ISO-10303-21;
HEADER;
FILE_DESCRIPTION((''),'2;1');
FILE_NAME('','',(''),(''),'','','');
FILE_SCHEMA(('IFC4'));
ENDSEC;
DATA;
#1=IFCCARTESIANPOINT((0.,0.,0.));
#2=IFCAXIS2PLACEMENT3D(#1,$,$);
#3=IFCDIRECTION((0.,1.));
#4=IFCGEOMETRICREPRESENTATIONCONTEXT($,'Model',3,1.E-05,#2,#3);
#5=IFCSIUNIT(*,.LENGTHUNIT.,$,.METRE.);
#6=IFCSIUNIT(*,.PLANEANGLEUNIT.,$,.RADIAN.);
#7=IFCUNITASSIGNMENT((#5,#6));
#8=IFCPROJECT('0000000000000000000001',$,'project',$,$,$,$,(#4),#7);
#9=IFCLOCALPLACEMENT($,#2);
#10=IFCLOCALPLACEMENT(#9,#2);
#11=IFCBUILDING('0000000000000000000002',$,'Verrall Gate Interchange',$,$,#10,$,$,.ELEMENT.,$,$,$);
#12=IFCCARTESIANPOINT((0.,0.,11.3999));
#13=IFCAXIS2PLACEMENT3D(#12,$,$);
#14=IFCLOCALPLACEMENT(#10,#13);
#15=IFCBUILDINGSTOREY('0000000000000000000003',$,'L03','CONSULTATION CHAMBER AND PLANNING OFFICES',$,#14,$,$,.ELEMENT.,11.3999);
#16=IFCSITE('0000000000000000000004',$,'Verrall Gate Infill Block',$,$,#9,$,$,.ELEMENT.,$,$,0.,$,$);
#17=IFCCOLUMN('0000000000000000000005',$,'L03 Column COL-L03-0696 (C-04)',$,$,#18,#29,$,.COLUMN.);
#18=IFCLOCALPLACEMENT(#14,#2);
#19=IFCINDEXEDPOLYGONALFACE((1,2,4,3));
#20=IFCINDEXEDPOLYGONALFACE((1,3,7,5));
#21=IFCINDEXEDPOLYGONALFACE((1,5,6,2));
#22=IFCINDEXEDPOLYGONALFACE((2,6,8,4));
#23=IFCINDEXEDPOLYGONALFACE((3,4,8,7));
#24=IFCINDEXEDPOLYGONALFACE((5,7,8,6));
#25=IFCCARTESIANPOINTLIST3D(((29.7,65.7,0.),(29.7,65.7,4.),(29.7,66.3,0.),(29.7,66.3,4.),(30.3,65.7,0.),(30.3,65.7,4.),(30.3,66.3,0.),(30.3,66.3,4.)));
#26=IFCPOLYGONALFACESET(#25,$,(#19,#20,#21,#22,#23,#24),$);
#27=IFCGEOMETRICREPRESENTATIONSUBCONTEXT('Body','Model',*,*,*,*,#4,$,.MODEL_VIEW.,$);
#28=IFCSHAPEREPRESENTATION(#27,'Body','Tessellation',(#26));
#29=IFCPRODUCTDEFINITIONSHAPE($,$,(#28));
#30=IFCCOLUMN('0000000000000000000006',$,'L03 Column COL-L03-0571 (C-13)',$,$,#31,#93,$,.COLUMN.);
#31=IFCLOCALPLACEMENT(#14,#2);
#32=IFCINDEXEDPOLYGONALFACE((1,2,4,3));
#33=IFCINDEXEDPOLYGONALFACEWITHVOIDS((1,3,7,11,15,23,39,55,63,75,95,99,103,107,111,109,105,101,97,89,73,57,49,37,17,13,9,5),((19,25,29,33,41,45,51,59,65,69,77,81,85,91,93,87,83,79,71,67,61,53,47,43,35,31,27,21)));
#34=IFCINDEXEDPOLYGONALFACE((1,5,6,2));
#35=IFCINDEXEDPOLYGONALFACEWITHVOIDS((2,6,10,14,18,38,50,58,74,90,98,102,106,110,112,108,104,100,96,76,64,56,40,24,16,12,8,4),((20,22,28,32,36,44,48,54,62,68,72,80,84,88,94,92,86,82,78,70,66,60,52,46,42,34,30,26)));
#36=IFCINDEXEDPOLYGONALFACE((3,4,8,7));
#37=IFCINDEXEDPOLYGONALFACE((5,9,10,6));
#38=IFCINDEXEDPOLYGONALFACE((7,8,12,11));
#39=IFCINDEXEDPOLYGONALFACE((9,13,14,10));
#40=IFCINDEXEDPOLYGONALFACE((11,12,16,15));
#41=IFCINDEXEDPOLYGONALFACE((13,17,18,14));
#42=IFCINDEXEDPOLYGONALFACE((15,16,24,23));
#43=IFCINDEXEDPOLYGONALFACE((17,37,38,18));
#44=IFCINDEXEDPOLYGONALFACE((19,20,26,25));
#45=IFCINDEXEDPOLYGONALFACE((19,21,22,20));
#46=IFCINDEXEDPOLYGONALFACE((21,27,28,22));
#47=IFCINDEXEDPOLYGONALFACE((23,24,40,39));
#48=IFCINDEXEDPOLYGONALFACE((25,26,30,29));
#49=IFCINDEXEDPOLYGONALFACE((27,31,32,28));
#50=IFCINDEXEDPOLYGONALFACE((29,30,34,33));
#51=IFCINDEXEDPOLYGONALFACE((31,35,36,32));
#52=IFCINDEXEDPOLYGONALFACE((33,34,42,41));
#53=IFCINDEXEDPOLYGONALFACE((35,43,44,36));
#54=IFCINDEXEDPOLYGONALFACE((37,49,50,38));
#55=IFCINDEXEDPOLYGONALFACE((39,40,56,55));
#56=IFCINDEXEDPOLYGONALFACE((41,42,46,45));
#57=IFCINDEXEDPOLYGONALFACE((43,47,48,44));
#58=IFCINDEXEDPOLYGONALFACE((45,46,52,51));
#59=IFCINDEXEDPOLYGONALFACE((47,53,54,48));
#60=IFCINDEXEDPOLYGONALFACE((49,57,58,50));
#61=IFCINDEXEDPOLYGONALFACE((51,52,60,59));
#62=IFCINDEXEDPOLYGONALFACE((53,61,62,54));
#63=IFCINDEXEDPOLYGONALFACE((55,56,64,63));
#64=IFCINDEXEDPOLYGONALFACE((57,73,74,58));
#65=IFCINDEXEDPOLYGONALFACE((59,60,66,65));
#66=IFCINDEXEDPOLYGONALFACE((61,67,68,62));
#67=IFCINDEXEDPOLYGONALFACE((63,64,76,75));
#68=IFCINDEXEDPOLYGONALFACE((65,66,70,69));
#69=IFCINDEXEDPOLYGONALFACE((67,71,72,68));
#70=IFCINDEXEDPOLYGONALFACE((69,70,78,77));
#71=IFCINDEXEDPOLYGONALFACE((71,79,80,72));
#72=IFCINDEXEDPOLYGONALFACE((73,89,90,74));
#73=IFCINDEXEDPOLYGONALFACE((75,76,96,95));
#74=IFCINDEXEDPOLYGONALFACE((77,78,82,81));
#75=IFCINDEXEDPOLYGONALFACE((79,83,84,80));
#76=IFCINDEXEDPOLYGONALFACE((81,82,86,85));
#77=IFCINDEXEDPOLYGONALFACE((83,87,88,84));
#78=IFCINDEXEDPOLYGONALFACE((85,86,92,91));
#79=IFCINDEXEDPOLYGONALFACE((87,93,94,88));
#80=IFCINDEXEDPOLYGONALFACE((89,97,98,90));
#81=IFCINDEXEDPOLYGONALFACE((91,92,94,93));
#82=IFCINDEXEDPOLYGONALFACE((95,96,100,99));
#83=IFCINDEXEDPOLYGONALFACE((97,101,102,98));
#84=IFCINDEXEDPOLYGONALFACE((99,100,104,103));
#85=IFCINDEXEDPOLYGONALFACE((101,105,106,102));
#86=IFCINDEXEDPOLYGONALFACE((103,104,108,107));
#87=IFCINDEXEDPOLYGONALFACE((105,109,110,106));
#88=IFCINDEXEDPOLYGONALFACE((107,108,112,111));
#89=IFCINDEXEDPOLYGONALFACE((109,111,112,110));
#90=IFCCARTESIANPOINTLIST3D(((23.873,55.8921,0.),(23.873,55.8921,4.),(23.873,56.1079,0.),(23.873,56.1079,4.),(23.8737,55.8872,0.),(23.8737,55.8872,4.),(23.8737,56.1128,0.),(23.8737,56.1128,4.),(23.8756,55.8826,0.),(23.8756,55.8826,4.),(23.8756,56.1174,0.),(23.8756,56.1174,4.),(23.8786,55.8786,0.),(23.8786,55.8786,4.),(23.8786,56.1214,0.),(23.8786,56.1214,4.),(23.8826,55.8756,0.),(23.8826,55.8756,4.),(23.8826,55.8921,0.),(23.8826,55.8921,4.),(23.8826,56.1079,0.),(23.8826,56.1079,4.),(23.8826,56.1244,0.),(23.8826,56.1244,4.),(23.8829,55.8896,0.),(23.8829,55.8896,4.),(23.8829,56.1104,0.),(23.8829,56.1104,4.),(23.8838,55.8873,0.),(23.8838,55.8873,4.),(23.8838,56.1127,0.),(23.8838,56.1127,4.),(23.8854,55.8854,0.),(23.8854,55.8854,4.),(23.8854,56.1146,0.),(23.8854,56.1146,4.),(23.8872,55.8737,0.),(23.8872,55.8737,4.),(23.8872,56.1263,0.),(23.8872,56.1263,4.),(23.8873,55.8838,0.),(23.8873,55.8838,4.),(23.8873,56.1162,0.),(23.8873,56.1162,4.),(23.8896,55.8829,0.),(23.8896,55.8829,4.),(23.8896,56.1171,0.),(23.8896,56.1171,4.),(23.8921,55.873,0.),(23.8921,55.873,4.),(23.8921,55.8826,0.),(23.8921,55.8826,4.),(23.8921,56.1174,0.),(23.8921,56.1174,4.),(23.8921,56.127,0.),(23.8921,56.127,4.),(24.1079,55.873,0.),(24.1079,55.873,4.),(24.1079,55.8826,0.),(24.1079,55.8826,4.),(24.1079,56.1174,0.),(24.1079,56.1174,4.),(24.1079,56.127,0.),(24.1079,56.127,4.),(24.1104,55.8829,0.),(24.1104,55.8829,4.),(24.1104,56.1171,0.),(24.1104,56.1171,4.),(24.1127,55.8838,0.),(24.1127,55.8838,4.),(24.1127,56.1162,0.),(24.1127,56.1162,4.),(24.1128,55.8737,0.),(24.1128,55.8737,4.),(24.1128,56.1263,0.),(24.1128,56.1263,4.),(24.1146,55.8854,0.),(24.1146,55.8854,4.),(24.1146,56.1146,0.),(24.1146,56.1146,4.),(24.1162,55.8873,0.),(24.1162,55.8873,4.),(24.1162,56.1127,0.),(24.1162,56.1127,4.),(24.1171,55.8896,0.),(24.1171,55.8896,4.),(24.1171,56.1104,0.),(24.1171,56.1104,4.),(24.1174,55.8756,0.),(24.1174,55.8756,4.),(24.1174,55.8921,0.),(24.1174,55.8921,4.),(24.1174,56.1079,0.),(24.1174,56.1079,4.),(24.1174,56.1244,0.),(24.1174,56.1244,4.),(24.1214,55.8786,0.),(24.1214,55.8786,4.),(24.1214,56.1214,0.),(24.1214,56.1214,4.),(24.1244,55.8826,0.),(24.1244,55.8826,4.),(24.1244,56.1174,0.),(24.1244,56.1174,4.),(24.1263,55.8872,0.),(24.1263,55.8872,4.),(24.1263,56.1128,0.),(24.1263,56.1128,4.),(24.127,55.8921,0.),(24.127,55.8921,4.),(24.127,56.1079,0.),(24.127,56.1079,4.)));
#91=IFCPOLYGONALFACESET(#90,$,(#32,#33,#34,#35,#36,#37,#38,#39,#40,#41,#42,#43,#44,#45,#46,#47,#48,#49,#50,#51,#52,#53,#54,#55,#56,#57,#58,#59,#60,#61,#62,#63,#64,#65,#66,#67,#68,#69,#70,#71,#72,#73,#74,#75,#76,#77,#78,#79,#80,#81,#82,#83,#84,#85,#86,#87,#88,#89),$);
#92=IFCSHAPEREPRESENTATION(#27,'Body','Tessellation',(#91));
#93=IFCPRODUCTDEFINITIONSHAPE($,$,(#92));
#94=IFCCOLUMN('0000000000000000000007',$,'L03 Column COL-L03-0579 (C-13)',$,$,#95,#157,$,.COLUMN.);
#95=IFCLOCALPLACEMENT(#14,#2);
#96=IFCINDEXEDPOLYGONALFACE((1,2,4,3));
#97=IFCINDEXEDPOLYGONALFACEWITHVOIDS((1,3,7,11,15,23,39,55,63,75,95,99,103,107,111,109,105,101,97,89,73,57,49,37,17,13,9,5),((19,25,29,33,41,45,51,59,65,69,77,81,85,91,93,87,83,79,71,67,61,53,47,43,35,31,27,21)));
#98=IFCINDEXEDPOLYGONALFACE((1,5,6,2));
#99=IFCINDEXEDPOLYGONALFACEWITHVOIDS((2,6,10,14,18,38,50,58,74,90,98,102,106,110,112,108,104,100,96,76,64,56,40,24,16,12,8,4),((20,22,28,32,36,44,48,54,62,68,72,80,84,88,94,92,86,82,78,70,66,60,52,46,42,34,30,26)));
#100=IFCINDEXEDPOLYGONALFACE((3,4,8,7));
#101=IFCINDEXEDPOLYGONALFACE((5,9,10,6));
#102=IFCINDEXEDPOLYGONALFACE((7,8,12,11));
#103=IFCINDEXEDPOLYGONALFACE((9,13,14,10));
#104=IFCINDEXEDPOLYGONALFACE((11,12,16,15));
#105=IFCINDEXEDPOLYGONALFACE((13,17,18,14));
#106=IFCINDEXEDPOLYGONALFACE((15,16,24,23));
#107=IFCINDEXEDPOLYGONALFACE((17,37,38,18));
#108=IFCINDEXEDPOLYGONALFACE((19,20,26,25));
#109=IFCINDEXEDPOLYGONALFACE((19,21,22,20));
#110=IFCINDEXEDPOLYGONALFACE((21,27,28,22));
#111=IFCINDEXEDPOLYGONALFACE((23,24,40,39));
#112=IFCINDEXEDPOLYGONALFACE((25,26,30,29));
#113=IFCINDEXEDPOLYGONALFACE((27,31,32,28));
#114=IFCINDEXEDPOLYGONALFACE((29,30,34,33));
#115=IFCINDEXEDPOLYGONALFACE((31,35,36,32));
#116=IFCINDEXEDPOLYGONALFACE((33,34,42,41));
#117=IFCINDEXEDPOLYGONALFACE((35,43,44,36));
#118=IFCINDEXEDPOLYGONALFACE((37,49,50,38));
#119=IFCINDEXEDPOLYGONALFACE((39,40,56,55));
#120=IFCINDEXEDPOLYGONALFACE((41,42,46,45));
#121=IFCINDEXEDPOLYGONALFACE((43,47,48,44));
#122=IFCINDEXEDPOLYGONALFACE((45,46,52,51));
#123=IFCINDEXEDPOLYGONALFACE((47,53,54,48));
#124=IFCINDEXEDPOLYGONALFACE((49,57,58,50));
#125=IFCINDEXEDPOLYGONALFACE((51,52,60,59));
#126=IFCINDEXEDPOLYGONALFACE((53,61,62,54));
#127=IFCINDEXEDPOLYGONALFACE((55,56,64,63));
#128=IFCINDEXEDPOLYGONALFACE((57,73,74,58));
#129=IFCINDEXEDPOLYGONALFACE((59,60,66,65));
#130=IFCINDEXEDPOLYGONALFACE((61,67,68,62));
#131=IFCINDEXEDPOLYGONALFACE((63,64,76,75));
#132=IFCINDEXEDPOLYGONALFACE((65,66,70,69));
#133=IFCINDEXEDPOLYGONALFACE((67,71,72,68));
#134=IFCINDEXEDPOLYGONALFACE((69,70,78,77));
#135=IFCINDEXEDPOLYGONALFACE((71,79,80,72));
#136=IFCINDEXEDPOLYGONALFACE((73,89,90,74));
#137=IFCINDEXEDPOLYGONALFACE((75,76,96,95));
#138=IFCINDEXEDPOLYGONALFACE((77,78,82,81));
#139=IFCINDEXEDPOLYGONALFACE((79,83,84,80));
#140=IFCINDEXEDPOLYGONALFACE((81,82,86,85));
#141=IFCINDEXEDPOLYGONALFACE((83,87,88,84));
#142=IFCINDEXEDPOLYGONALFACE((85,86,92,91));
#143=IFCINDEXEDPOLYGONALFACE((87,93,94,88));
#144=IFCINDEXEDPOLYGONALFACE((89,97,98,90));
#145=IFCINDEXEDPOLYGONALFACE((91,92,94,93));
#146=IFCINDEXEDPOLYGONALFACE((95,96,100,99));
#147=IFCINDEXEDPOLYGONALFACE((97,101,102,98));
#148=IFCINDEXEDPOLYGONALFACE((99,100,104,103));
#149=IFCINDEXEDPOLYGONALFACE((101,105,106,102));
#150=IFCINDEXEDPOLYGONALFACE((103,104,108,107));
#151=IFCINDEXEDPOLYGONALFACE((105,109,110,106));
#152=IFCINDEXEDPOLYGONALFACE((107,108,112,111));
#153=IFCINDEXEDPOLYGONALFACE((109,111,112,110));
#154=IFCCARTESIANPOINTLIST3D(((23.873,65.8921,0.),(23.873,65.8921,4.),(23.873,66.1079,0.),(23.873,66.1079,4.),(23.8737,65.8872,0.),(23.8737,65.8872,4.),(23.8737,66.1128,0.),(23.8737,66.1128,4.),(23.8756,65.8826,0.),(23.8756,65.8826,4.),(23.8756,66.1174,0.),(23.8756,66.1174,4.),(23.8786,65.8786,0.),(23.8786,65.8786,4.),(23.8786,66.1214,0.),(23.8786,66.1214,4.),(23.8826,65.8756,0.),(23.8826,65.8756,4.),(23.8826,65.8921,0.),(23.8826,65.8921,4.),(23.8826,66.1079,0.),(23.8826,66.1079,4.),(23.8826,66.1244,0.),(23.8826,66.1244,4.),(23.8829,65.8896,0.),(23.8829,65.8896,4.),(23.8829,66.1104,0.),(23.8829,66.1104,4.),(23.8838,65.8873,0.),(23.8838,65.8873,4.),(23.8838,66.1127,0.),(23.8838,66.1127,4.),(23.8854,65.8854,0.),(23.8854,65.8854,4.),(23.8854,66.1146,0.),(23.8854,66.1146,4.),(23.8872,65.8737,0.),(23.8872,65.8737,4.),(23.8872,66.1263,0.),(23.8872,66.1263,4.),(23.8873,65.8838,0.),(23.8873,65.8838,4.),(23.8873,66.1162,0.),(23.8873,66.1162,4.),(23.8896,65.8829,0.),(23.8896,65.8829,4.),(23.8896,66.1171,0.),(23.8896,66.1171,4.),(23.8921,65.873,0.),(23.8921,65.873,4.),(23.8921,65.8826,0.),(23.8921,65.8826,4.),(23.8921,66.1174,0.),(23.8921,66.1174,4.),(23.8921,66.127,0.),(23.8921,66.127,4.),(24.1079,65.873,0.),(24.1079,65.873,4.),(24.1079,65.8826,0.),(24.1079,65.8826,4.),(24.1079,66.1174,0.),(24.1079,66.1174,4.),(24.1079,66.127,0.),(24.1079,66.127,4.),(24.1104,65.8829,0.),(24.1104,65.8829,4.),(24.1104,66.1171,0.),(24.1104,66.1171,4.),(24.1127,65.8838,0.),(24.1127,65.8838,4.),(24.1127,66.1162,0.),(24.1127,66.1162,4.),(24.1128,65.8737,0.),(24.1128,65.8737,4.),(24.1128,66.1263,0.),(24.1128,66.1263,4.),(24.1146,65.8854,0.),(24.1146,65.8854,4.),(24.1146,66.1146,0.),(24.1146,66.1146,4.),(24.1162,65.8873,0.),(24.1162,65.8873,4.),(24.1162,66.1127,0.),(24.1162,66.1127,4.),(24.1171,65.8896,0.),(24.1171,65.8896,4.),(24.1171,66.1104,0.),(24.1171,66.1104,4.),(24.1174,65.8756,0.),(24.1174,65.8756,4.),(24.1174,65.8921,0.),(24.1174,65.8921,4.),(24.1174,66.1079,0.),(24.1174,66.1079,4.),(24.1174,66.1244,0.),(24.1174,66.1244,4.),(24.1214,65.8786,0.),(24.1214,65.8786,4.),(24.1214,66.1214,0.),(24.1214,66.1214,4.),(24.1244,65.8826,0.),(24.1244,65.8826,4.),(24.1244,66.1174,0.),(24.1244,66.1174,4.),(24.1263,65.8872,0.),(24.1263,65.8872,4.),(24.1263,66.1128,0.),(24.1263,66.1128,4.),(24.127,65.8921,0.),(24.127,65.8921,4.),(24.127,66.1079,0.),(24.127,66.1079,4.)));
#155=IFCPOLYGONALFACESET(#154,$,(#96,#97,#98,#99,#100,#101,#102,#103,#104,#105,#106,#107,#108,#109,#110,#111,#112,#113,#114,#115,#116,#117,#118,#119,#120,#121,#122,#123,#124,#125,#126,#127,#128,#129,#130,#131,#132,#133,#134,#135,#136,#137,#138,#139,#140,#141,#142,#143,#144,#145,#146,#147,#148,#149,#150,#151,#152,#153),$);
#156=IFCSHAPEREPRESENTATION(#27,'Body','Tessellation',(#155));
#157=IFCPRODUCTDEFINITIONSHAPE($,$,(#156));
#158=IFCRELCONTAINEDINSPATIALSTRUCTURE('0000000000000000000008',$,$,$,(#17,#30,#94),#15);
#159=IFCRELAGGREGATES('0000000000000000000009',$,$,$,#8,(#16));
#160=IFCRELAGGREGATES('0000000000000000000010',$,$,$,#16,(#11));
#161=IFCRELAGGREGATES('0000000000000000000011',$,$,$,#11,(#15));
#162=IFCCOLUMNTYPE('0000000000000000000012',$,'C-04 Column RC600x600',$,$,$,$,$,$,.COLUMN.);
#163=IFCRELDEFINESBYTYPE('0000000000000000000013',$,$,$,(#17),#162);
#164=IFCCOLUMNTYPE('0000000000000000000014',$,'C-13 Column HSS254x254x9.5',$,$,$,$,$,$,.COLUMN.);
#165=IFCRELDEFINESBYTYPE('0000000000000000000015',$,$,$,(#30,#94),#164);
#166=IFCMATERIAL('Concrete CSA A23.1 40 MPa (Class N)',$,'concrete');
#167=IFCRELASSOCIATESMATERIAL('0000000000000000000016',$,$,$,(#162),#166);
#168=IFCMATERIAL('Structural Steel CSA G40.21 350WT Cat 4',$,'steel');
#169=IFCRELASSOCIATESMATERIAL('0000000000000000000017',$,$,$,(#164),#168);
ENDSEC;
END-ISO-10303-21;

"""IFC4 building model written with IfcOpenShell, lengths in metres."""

from ifc_helpers import new_model, si_unit, direction, frame, origin, origin_2d, place, context, subcontext, project, spatial, rectangle, hollow_rectangle, extrude, material, material_profile, profile_set, type_object, element, save


model = new_model("IFC4")

# Units and contexts
model_context = context("Model", 3, precision=1e-05, world=origin(), true_north=direction((0.0, 1.0)))
body_context = subcontext(model_context, "Body", "Model", "MODEL_VIEW")
ifc_project = project(units=[si_unit("LENGTHUNIT", "METRE"), si_unit("PLANEANGLEUNIT", "RADIAN")], contexts=[model_context])

# Site, building, storey
site_placement = place(None, origin())
site = spatial("IfcSite", under=ifc_project, at=site_placement, Name="Verrall Gate Infill Block", CompositionType="ELEMENT", RefElevation=0.0)
building_placement = place(site_placement, origin())
building = spatial("IfcBuilding", under=site, at=building_placement, Name="Verrall Gate Interchange", CompositionType="ELEMENT")
storey_placement = place(building_placement, frame((0.0, 0.0, 11.3999)))
storey = spatial("IfcBuildingStorey", under=building, at=storey_placement, Name="L03", Description="CONSULTATION CHAMBER AND PLANNING OFFICES", CompositionType="ELEMENT", Elevation=11.3999)

# Columns
ifc_material_1 = material(Name="Concrete CSA A23.1 40 MPa (Class N)", Category="concrete")
ifc_material_profile_1 = material_profile(ifc_material_1, rectangle(XDim=0.6001, YDim=0.6001, at=origin_2d()), Name="RC600x600")
ifc_profile_set_1 = profile_set([ifc_material_profile_1], Name="Concrete CSA A23.1 40 MPa (Class N)")
column_type_1 = type_object("IfcColumnType", Name="C-04 Column RC600x600", PredefinedType="COLUMN", material=ifc_profile_set_1)
column_placement = place(storey_placement, frame((30.0, 66.0, 0.0), z_axis=(0.0, 0.0, 1.0), x_axis=(1.0, 0.0, 0.0)))
element("IfcColumn", 1, at=column_placement, inside=storey, type_object=column_type_1, Name="L03 Column COL-L03-0696 (C-04)", PredefinedType="COLUMN", context=body_context, shape_type="SweptSolid", body=[
    extrude(rectangle(XDim=0.6001, YDim=0.6001, at=origin_2d()), origin(), (0.0, 0.0, 1.0), 4.0),
])
ifc_material_2 = material(Name="Structural Steel CSA G40.21 350WT Cat 4", Category="steel")
ifc_material_profile_2 = material_profile(ifc_material_2, hollow_rectangle(XDim=0.2539, YDim=0.2539, WallThickness=0.0095, InnerFilletRadius=0.0095, OuterFilletRadius=0.019, at=origin_2d()), Name="HSS254x254x9.5")
ifc_profile_set_2 = profile_set([ifc_material_profile_2], Name="Structural Steel CSA G40.21 350WT Cat 4")
column_type_2 = type_object("IfcColumnType", Name="C-13 Column HSS254x254x9.5", PredefinedType="COLUMN", material=ifc_profile_set_2)
for number, where, z_axis, x_axis, name in (
    (2, (24.0, 56.0, 0.0), (0.0, 0.0, 1.0), (1.0, 0.0, 0.0), "L03 Column COL-L03-0571 (C-13)"),
    (3, (24.0, 66.0, 0.0), (0.0, 0.0, 1.0), (1.0, 0.0, 0.0), "L03 Column COL-L03-0579 (C-13)"),
):
    element("IfcColumn", number, at=place(storey_placement, frame(where, z_axis=z_axis, x_axis=x_axis)), inside=storey, type_object=column_type_2, Name=name, PredefinedType="COLUMN", context=body_context, shape_type="SweptSolid", body=[
        extrude(hollow_rectangle(XDim=0.2539, YDim=0.2539, WallThickness=0.0095, InnerFilletRadius=0.0095, OuterFilletRadius=0.019, at=origin_2d()), origin(), (0.0, 0.0, 1.0), 4.0),
    ])

save(model, "model.ifc")
